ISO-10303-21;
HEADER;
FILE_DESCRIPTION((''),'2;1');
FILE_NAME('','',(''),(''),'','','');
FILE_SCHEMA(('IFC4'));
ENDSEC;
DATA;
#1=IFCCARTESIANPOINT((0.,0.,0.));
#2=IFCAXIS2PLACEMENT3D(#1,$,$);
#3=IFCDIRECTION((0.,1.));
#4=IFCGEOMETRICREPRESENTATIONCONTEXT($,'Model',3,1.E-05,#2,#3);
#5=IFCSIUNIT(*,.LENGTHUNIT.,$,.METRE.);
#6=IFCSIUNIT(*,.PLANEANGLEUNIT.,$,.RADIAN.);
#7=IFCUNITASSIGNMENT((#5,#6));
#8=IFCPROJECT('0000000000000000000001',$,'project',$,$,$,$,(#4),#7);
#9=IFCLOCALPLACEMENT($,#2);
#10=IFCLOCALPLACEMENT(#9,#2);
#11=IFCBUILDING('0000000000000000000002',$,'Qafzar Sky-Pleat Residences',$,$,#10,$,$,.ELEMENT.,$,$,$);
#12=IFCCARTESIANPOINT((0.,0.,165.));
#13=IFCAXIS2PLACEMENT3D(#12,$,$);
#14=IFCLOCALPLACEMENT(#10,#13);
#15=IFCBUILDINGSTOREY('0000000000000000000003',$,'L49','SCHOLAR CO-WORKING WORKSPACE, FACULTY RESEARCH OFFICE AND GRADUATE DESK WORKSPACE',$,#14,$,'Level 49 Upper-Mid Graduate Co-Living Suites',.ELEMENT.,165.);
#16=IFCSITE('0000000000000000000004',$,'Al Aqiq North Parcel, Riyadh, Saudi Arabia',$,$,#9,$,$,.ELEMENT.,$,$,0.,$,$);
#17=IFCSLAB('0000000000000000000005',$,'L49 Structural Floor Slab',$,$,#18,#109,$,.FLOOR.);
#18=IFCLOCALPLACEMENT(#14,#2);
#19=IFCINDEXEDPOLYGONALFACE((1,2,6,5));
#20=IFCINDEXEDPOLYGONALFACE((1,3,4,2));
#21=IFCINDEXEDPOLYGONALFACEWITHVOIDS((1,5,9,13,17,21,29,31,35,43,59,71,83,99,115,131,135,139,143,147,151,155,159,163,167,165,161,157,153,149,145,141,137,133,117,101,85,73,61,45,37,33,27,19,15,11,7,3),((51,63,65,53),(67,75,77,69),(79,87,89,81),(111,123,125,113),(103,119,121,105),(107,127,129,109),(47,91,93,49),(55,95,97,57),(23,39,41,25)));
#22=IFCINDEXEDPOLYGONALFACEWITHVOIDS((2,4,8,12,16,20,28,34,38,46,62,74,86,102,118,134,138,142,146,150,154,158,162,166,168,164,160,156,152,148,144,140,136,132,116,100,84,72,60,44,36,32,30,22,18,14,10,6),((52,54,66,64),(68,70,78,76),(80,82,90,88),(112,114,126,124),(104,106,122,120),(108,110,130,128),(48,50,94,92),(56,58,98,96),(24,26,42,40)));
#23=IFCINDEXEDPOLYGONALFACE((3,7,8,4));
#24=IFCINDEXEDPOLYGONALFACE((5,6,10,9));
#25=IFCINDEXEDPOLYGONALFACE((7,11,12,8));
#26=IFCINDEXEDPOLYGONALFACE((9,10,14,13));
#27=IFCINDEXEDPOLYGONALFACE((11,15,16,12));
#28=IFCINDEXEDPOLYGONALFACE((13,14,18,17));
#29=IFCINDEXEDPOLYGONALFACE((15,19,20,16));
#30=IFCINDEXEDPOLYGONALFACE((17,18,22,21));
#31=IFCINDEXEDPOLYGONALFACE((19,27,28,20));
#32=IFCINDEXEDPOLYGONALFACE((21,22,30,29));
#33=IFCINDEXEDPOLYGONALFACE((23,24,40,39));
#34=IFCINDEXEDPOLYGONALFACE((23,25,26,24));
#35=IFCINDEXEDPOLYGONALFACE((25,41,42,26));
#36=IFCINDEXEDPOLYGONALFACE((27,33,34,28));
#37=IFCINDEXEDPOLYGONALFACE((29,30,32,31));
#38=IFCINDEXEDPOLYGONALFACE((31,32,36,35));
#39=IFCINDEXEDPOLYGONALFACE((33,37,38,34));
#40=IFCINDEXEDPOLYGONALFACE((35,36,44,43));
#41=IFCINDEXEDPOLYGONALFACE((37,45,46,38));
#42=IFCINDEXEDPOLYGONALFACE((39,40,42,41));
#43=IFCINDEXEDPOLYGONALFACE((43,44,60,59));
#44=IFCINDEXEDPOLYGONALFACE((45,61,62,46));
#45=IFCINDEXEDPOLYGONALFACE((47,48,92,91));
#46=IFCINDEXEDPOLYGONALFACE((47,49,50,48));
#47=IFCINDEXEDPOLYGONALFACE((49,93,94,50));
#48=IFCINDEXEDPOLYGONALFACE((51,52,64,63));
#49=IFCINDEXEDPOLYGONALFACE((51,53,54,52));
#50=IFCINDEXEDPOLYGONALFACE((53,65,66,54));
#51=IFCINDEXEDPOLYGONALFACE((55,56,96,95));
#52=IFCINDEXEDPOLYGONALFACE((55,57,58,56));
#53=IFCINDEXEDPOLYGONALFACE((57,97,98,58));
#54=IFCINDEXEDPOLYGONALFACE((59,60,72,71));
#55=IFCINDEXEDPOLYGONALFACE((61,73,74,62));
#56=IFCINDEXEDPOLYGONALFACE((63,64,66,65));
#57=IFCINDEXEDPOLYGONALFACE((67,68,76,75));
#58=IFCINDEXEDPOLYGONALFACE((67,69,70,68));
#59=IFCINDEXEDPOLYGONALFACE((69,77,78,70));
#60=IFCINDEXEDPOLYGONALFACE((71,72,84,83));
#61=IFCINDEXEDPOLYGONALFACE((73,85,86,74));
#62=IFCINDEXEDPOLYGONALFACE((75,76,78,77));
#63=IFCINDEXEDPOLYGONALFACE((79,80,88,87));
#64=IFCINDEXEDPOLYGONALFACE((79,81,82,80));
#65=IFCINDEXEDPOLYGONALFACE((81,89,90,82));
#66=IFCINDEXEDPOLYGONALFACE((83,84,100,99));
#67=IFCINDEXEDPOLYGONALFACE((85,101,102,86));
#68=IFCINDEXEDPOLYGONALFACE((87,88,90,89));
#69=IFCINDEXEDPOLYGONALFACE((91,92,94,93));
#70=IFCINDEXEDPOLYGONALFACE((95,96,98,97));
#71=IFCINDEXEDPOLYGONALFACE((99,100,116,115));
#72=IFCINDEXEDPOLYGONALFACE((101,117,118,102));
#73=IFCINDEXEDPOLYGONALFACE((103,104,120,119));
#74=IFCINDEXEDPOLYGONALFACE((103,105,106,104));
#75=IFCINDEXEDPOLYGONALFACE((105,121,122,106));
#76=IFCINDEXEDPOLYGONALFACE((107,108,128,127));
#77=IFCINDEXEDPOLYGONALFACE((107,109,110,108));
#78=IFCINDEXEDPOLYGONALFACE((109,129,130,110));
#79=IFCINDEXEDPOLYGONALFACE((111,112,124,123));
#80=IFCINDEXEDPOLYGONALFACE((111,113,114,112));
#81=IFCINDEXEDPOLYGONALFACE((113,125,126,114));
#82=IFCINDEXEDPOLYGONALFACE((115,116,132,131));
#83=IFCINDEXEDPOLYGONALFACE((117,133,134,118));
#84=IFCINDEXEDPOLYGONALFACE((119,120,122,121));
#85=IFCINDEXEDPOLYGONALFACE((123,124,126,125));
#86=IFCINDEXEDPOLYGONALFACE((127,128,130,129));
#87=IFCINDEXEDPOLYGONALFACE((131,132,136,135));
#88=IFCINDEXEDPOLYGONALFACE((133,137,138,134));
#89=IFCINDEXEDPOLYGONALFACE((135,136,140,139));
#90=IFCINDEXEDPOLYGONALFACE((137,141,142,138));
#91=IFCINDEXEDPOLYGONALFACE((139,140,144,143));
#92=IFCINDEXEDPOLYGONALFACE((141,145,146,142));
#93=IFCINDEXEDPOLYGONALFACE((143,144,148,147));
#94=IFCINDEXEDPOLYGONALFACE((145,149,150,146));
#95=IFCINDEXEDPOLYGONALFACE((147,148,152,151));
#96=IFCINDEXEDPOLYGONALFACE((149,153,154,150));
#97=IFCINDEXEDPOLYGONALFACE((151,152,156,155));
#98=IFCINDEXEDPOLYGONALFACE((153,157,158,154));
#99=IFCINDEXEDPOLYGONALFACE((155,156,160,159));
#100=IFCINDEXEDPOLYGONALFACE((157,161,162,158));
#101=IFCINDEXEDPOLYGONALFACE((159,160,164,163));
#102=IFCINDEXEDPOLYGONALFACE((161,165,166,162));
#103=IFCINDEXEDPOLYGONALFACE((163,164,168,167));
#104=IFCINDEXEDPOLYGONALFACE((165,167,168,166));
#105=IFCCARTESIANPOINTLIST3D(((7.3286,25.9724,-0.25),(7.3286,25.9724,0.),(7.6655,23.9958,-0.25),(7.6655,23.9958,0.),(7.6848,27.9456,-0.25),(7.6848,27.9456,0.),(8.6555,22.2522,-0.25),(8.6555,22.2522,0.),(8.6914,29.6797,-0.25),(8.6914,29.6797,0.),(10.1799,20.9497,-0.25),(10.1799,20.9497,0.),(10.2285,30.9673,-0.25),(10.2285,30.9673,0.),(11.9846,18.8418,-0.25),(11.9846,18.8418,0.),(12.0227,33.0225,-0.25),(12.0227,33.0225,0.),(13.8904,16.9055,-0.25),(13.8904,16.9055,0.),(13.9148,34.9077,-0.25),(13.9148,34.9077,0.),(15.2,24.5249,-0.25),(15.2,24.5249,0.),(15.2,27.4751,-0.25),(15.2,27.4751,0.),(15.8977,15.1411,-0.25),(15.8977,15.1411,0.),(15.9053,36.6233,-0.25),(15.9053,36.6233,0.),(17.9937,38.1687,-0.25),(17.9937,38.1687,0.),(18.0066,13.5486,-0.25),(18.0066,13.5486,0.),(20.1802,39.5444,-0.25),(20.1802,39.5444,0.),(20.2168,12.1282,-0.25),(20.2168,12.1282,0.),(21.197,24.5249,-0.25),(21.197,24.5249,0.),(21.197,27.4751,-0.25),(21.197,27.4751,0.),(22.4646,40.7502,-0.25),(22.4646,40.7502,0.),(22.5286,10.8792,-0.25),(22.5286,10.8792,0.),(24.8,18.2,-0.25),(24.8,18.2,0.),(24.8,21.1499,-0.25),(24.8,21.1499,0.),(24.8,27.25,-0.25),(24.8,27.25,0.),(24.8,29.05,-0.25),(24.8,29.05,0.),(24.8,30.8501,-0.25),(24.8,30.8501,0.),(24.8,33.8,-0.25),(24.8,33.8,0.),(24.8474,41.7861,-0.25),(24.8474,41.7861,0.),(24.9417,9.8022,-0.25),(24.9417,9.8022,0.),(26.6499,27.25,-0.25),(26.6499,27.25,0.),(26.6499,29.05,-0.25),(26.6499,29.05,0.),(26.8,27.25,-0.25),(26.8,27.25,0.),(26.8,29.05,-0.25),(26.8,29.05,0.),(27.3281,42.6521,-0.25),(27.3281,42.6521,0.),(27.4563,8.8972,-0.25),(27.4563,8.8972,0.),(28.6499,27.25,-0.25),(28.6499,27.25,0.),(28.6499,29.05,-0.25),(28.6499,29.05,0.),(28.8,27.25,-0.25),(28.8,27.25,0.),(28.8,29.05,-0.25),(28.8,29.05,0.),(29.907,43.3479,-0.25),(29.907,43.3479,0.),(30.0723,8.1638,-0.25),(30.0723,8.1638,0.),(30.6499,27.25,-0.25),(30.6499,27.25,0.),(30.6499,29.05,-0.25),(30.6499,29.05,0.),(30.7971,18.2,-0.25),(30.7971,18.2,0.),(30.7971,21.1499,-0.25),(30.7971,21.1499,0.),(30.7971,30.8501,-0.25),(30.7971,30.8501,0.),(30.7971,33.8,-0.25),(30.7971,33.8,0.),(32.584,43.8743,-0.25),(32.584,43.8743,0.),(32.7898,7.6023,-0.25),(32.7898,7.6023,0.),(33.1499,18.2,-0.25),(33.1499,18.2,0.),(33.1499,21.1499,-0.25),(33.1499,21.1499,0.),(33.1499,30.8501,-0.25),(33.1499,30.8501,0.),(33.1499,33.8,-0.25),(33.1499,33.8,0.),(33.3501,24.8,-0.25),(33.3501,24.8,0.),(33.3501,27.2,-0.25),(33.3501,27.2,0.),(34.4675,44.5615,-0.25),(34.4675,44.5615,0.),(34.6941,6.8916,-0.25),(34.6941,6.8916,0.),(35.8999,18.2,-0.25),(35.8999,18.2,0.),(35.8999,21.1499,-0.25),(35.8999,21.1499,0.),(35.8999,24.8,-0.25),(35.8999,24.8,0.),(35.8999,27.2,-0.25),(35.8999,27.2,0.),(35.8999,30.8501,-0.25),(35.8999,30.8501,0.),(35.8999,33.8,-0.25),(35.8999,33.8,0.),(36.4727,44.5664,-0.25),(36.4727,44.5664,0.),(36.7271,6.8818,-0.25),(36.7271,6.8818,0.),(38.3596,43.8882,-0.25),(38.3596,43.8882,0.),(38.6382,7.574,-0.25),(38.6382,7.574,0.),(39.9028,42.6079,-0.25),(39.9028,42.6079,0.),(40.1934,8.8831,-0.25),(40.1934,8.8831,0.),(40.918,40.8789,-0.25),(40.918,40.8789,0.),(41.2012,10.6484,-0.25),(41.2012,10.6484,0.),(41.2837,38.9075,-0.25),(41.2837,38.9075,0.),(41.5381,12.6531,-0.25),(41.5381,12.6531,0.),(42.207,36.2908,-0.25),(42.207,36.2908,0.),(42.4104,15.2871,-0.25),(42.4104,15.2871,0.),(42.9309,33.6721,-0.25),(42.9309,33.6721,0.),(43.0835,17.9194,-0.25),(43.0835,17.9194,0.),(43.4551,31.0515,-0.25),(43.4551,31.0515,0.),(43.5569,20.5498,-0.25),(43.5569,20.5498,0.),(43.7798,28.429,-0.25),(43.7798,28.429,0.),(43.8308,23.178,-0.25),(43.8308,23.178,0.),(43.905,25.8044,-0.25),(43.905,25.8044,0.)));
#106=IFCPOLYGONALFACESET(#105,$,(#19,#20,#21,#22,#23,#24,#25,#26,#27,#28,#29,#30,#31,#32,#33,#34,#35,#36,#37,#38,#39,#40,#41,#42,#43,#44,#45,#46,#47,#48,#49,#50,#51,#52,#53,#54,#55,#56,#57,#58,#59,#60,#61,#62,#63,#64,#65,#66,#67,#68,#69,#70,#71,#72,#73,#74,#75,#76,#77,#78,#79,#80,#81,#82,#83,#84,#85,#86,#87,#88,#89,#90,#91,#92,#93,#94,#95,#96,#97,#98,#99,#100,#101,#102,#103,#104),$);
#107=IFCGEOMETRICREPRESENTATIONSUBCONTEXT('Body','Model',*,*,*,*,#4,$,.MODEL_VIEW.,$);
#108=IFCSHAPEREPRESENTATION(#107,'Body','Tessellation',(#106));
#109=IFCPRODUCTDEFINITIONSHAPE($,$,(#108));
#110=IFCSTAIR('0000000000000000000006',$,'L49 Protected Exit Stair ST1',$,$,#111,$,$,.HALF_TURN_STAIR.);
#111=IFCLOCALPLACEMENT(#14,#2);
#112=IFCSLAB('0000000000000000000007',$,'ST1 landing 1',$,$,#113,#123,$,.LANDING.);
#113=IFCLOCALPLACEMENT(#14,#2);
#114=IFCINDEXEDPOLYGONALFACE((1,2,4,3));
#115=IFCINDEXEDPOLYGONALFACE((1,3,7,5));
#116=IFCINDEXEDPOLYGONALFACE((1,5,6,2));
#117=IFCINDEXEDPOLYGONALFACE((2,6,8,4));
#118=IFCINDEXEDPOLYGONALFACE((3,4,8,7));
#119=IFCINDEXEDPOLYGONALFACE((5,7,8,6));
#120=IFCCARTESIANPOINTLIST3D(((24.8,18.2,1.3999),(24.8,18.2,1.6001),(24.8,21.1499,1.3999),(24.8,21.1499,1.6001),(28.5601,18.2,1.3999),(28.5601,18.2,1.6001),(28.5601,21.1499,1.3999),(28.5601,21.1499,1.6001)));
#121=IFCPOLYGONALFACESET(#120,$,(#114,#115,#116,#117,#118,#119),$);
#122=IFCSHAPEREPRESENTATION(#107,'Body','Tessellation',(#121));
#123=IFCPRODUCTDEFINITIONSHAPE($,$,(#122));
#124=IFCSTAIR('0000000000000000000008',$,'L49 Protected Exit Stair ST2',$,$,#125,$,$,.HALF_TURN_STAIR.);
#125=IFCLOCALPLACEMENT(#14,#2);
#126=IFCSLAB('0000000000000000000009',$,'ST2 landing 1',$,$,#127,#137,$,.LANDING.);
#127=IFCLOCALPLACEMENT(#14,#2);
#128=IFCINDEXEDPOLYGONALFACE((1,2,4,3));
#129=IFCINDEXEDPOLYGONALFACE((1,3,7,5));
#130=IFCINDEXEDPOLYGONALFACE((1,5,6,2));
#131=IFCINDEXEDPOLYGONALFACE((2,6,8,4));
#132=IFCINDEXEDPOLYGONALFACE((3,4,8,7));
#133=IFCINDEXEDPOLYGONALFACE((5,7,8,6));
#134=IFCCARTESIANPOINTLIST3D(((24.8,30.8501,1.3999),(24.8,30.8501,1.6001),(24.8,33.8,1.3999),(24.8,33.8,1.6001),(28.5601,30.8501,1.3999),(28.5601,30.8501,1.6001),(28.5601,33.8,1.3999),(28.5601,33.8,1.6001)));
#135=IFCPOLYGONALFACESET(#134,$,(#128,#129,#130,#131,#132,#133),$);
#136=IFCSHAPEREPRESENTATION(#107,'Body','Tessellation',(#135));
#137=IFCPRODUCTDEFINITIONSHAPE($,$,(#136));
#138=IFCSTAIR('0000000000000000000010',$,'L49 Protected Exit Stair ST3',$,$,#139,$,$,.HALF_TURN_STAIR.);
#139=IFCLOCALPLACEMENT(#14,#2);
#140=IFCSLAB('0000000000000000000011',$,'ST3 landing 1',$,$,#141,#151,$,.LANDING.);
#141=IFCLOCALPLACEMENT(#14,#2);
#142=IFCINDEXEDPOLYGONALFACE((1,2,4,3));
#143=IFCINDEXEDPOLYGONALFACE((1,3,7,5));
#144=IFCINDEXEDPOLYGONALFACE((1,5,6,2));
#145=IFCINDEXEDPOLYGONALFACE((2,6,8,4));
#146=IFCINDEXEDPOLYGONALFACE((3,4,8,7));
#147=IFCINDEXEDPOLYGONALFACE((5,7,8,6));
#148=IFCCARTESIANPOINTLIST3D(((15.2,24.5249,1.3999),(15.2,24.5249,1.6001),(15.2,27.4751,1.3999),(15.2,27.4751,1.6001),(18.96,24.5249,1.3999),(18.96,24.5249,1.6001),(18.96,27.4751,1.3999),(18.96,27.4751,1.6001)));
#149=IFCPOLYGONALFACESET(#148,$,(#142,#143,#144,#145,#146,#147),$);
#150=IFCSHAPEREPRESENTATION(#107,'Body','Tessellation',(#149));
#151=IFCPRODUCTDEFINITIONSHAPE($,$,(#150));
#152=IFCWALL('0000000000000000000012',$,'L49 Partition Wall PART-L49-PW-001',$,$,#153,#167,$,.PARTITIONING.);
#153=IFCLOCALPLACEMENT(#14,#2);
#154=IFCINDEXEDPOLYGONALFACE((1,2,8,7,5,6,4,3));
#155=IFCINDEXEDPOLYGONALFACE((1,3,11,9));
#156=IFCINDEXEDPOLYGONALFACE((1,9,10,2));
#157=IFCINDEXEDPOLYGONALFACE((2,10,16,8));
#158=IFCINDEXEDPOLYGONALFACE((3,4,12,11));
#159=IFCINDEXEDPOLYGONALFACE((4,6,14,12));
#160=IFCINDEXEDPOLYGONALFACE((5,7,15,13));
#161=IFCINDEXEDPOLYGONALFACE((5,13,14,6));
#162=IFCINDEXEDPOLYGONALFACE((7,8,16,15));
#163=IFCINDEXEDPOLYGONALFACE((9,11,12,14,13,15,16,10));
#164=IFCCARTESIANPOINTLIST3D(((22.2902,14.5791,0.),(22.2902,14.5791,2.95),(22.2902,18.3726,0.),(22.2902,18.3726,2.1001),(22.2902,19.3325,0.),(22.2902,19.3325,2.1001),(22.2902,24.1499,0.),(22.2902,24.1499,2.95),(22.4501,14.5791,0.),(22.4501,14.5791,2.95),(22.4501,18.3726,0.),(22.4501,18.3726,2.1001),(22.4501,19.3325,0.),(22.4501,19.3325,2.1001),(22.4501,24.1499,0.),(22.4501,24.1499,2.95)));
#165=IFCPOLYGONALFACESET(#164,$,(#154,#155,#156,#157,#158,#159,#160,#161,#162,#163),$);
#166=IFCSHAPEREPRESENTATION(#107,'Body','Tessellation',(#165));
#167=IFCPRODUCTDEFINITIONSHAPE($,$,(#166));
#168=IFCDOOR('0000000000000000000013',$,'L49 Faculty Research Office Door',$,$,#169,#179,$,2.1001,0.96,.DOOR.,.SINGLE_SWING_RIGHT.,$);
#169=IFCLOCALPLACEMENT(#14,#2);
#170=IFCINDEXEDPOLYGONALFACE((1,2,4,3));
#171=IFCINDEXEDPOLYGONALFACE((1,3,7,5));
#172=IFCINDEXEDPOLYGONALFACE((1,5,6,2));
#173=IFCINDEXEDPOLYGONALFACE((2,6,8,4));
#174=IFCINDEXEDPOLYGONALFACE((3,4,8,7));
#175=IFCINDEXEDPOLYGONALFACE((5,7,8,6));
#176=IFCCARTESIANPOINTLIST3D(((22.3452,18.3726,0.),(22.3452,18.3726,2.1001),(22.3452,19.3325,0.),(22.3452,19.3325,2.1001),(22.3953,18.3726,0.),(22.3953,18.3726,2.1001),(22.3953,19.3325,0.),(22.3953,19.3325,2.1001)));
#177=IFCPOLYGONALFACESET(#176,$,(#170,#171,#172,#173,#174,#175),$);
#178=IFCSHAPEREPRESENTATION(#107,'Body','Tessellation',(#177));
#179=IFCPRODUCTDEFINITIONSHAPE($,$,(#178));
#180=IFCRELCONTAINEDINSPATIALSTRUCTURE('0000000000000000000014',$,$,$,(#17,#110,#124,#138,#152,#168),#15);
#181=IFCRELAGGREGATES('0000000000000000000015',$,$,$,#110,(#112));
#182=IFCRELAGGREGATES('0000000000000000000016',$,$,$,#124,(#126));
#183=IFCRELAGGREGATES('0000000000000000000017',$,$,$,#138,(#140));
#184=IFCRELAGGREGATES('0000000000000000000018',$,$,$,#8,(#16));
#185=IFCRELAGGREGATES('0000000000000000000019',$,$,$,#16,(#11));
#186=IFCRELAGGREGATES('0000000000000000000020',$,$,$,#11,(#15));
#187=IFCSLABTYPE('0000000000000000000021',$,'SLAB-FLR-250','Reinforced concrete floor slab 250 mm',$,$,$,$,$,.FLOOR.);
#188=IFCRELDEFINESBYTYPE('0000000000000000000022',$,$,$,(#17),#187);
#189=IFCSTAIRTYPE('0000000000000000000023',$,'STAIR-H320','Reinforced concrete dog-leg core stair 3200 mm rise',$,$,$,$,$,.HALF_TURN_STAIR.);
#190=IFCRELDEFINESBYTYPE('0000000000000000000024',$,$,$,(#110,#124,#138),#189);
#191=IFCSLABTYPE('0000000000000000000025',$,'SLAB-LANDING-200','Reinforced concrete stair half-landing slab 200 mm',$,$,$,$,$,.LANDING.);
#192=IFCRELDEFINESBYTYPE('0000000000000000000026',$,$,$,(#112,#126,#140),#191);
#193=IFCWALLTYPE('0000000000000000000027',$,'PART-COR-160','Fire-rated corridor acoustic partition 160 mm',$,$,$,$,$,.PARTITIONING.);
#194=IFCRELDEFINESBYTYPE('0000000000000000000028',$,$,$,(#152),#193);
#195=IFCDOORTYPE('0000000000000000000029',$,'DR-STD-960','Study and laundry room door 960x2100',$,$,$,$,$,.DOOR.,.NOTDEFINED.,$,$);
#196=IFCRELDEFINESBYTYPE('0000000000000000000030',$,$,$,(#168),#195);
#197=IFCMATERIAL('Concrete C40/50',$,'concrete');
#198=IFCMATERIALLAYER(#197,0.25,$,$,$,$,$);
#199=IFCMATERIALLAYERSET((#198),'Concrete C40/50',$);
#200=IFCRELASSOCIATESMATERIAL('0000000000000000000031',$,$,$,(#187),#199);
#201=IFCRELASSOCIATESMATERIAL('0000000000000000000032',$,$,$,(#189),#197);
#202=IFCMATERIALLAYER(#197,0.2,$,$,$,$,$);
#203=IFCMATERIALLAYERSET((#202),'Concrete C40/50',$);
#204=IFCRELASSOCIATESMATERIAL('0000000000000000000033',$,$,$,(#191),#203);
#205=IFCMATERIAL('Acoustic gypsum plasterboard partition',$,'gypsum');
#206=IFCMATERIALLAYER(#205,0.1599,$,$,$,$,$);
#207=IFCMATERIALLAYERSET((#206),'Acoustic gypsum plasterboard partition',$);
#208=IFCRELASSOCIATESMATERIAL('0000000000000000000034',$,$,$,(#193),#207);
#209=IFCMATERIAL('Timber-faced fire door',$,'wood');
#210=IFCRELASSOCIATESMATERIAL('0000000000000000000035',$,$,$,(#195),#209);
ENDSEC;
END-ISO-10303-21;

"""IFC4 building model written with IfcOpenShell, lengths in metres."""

from ifc_helpers import new_model, si_unit, direction, frame, frame_2d, origin, place, context, subcontext, project, spatial, polyline, rectangle, outline, extrude, source, transform, mapped, material, layer, layer_set, type_object, element, fill, aggregate, save


model = new_model("IFC4")

# Units and contexts
model_context = context("Model", 3, precision=1e-05, world=origin(), true_north=direction((0.0, 1.0)))
body_context = subcontext(model_context, "Body", "Model", "MODEL_VIEW")
ifc_project = project(units=[si_unit("LENGTHUNIT", "METRE"), si_unit("PLANEANGLEUNIT", "RADIAN")], contexts=[model_context])

# Site, building, storey
site_placement = place(None, origin())
site = spatial("IfcSite", under=ifc_project, at=site_placement, Name="Al Aqiq North Parcel, Riyadh, Saudi Arabia", CompositionType="ELEMENT", RefElevation=0.0)
building_placement = place(site_placement, origin())
building = spatial("IfcBuilding", under=site, at=building_placement, Name="Qafzar Sky-Pleat Residences", CompositionType="ELEMENT")
storey_placement = place(building_placement, frame((0.0, 0.0, 165.0)))
storey = spatial("IfcBuildingStorey", under=building, at=storey_placement, Name="L49", Description="SCHOLAR CO-WORKING WORKSPACE, FACULTY RESEARCH OFFICE AND GRADUATE DESK WORKSPACE", LongName="Level 49 Upper-Mid Graduate Co-Living Suites", CompositionType="ELEMENT", Elevation=165.0)

# Slab
ifc_material_1 = material(Name="Concrete C40/50", Category="concrete")
ifc_layer_1 = layer(ifc_material_1, 0.25)
ifc_layer_set_1 = layer_set([ifc_layer_1], Name="Concrete C40/50")
slab_type_1 = type_object("IfcSlabType", Name="SLAB-FLR-250", Description="Reinforced concrete floor slab 250 mm", PredefinedType="FLOOR", material=ifc_layer_set_1)
slab_1_placement = place(storey_placement, frame((0.0, 0.0, -0.25)))
element("IfcSlab", 1, at=slab_1_placement, inside=storey, type_object=slab_type_1, Name="L49 Structural Floor Slab", PredefinedType="FLOOR", context=body_context, shape_type="SweptSolid", body=[
    extrude(outline(polyline([(10.2285, 30.9673), (8.6914, 29.6797), (7.6848, 27.9456), (7.3286, 25.9724), (7.6655, 23.9958), (8.6555, 22.2522), (10.1799, 20.9497), (11.9846, 18.8418), (13.8904, 16.9055), (15.8977, 15.1411), (18.0066, 13.5486), (20.2168, 12.1282), (22.5286, 10.8792), (24.9417, 9.8022), (27.4563, 8.8972), (30.0723, 8.1638), (32.7898, 7.6023), (34.6941, 6.8916), (36.7271, 6.8818), (38.6382, 7.574), (40.1934, 8.8831), (41.2012, 10.6484), (41.5381, 12.6531), (42.4104, 15.2871), (43.0835, 17.9194), (43.5569, 20.5498), (43.8308, 23.178), (43.905, 25.8044), (43.7798, 28.429), (43.4551, 31.0515), (42.9309, 33.6721), (42.207, 36.2908), (41.2837, 38.9075), (40.918, 40.8789), (39.9028, 42.6079), (38.3596, 43.8882), (36.4727, 44.5664), (34.4675, 44.5615), (32.584, 43.8743), (29.907, 43.3479), (27.3281, 42.6521), (24.8474, 41.7861), (22.4646, 40.7502), (20.1802, 39.5444), (17.9937, 38.1687), (15.9053, 36.6233), (13.9148, 34.9077), (12.0227, 33.0225), (10.2285, 30.9673)]), holes=[polyline([(30.7971, 21.1499), (24.8, 21.1499), (24.8, 18.2), (30.7971, 18.2), (30.7971, 21.1499)]), polyline([(30.7971, 33.8), (24.8, 33.8), (24.8, 30.8501), (30.7971, 30.8501), (30.7971, 33.8)]), polyline([(21.197, 27.4751), (15.2, 27.4751), (15.2, 24.5249), (21.197, 24.5249), (21.197, 27.4751)]), polyline([(24.8, 27.25), (26.6499, 27.25), (26.6499, 29.05), (24.8, 29.05), (24.8, 27.25)]), polyline([(26.8, 27.25), (28.6499, 27.25), (28.6499, 29.05), (26.8, 29.05), (26.8, 27.25)]), polyline([(28.8, 27.25), (30.6499, 27.25), (30.6499, 29.05), (28.8, 29.05), (28.8, 27.25)]), polyline([(33.1499, 18.2), (35.8999, 18.2), (35.8999, 21.1499), (33.1499, 21.1499), (33.1499, 18.2)]), polyline([(33.1499, 30.8501), (35.8999, 30.8501), (35.8999, 33.8), (33.1499, 33.8), (33.1499, 30.8501)]), polyline([(33.3501, 24.8), (35.8999, 24.8), (35.8999, 27.2), (33.3501, 27.2), (33.3501, 24.8)])]), origin(), (0.0, 0.0, 1.0), 0.25),
])

# Stairs, slabs
stair_type = type_object("IfcStairType", Name="STAIR-H320", Description="Reinforced concrete dog-leg core stair 3200 mm rise", PredefinedType="HALF_TURN_STAIR", material=ifc_material_1)
stair_1_placement = place(storey_placement, origin())
stair_1 = element("IfcStair", 2, at=stair_1_placement, inside=storey, type_object=stair_type, Name="L49 Protected Exit Stair ST1", PredefinedType="HALF_TURN_STAIR")
ifc_layer_2 = layer(ifc_material_1, 0.2)
ifc_layer_set_2 = layer_set([ifc_layer_2], Name="Concrete C40/50")
slab_type_2 = type_object("IfcSlabType", Name="SLAB-LANDING-200", Description="Reinforced concrete stair half-landing slab 200 mm", PredefinedType="LANDING", material=ifc_layer_set_2)
slab_2_placement = place(storey_placement, frame((0.0, 0.0, 1.3999)))
slab_2 = element("IfcSlab", 3, at=slab_2_placement, type_object=slab_type_2, Name="ST1 landing 1", PredefinedType="LANDING", context=body_context, shape_type="SweptSolid", body=[
    extrude(outline(polyline([(28.5601, 21.1499), (24.8, 21.1499), (24.8, 18.2), (28.5601, 18.2), (28.5601, 21.1499)])), origin(), (0.0, 0.0, 1.0), 0.2002),
])
aggregate(stair_1, [slab_2])
stair_2_placement = place(storey_placement, origin())
stair_2 = element("IfcStair", 4, at=stair_2_placement, inside=storey, type_object=stair_type, Name="L49 Protected Exit Stair ST2", PredefinedType="HALF_TURN_STAIR")
slab_3_placement = place(storey_placement, frame((0.0, 0.0, 1.3999)))
slab_3 = element("IfcSlab", 5, at=slab_3_placement, type_object=slab_type_2, Name="ST2 landing 1", PredefinedType="LANDING", context=body_context, shape_type="SweptSolid", body=[
    extrude(outline(polyline([(28.5601, 33.8), (24.8, 33.8), (24.8, 30.8501), (28.5601, 30.8501), (28.5601, 33.8)])), origin(), (0.0, 0.0, 1.0), 0.2002),
])
aggregate(stair_2, [slab_3])
stair_3_placement = place(storey_placement, origin())
stair_3 = element("IfcStair", 6, at=stair_3_placement, inside=storey, type_object=stair_type, Name="L49 Protected Exit Stair ST3", PredefinedType="HALF_TURN_STAIR")
slab_4_placement = place(storey_placement, frame((0.0, 0.0, 1.3999)))
slab_4 = element("IfcSlab", 7, at=slab_4_placement, type_object=slab_type_2, Name="ST3 landing 1", PredefinedType="LANDING", context=body_context, shape_type="SweptSolid", body=[
    extrude(outline(polyline([(18.96, 27.4751), (15.2, 27.4751), (15.2, 24.5249), (18.96, 24.5249), (18.96, 27.4751)])), origin(), (0.0, 0.0, 1.0), 0.2002),
])
aggregate(stair_3, [slab_4])

# Wall, opening, door
ifc_material_2 = material(Name="Acoustic gypsum plasterboard partition", Category="gypsum")
ifc_layer_3 = layer(ifc_material_2, 0.1599)
ifc_layer_set_3 = layer_set([ifc_layer_3], Name="Acoustic gypsum plasterboard partition")
wall_type_1 = type_object("IfcWallType", Name="PART-COR-160", Description="Fire-rated corridor acoustic partition 160 mm", PredefinedType="PARTITIONING", material=ifc_layer_set_3)
wall_1_placement = place(storey_placement, frame((22.3701, 14.5791, 0.0), z_axis=(0.0, 0.0, 1.0), x_axis=(0.0, 1.0, 0.0)))
wall_1 = element("IfcWall", 8, at=wall_1_placement, inside=storey, type_object=wall_type_1, Name="L49 Partition Wall PART-L49-PW-001", PredefinedType="PARTITIONING", context=body_context, shape_type="SweptSolid", body=[
    extrude(rectangle(XDim=9.5708, YDim=0.1599, at=frame_2d((4.7854, 0.0))), origin(), (0.0, 0.0, 1.0), 2.95),
])
opening_1_placement = place(wall_1_placement, frame((3.7935, 0.0, 0.0)))
opening_1 = element("IfcOpeningElement", 9, at=opening_1_placement, cuts=wall_1, PredefinedType="OPENING", context=body_context, shape_type="SweptSolid", body=[
    extrude(rectangle(XDim=0.96, YDim=2.1001, at=frame_2d((0.48, 1.05))), frame((0.0, 0.0898, 0.0), z_axis=(0.0, -1.0, 0.0), x_axis=(1.0, 0.0, 0.0)), (0.0, 0.0, 1.0), 0.1799),
])
ifc_material_3 = material(Name="Timber-faced fire door", Category="wood")
door_type = type_object("IfcDoorType", Name="DR-STD-960", Description="Study and laundry room door 960x2100", OperationType="NOTDEFINED", PredefinedType="DOOR", material=ifc_material_3)
shared_shape_1 = source(origin(), body_context, "Body", "SweptSolid", [
    extrude(rectangle(XDim=0.96, YDim=2.1001, at=frame_2d((0.48, 1.05))), frame((0.0, 0.0249, 0.0), z_axis=(0.0, -1.0, 0.0), x_axis=(1.0, 0.0, 0.0)), (0.0, 0.0, 1.0), 0.05),
])
door_placement = place(opening_1_placement, origin())
door = element("IfcDoor", 10, at=door_placement, inside=storey, type_object=door_type, Name="L49 Faculty Research Office Door", OperationType="SINGLE_SWING_RIGHT", OverallHeight=2.1001, OverallWidth=0.96, PredefinedType="DOOR", context=body_context, shape_type="MappedRepresentation", body=[
    mapped(shared_shape_1, transform((0.0, 0.0, 0.0), x_axis=(1.0, 0.0, 0.0), y_axis=(0.0, 1.0, 0.0), z_axis=(0.0, 0.0, 1.0), scale=1.0)),
])
fill(opening_1, door)

save(model, "model.ifc")
